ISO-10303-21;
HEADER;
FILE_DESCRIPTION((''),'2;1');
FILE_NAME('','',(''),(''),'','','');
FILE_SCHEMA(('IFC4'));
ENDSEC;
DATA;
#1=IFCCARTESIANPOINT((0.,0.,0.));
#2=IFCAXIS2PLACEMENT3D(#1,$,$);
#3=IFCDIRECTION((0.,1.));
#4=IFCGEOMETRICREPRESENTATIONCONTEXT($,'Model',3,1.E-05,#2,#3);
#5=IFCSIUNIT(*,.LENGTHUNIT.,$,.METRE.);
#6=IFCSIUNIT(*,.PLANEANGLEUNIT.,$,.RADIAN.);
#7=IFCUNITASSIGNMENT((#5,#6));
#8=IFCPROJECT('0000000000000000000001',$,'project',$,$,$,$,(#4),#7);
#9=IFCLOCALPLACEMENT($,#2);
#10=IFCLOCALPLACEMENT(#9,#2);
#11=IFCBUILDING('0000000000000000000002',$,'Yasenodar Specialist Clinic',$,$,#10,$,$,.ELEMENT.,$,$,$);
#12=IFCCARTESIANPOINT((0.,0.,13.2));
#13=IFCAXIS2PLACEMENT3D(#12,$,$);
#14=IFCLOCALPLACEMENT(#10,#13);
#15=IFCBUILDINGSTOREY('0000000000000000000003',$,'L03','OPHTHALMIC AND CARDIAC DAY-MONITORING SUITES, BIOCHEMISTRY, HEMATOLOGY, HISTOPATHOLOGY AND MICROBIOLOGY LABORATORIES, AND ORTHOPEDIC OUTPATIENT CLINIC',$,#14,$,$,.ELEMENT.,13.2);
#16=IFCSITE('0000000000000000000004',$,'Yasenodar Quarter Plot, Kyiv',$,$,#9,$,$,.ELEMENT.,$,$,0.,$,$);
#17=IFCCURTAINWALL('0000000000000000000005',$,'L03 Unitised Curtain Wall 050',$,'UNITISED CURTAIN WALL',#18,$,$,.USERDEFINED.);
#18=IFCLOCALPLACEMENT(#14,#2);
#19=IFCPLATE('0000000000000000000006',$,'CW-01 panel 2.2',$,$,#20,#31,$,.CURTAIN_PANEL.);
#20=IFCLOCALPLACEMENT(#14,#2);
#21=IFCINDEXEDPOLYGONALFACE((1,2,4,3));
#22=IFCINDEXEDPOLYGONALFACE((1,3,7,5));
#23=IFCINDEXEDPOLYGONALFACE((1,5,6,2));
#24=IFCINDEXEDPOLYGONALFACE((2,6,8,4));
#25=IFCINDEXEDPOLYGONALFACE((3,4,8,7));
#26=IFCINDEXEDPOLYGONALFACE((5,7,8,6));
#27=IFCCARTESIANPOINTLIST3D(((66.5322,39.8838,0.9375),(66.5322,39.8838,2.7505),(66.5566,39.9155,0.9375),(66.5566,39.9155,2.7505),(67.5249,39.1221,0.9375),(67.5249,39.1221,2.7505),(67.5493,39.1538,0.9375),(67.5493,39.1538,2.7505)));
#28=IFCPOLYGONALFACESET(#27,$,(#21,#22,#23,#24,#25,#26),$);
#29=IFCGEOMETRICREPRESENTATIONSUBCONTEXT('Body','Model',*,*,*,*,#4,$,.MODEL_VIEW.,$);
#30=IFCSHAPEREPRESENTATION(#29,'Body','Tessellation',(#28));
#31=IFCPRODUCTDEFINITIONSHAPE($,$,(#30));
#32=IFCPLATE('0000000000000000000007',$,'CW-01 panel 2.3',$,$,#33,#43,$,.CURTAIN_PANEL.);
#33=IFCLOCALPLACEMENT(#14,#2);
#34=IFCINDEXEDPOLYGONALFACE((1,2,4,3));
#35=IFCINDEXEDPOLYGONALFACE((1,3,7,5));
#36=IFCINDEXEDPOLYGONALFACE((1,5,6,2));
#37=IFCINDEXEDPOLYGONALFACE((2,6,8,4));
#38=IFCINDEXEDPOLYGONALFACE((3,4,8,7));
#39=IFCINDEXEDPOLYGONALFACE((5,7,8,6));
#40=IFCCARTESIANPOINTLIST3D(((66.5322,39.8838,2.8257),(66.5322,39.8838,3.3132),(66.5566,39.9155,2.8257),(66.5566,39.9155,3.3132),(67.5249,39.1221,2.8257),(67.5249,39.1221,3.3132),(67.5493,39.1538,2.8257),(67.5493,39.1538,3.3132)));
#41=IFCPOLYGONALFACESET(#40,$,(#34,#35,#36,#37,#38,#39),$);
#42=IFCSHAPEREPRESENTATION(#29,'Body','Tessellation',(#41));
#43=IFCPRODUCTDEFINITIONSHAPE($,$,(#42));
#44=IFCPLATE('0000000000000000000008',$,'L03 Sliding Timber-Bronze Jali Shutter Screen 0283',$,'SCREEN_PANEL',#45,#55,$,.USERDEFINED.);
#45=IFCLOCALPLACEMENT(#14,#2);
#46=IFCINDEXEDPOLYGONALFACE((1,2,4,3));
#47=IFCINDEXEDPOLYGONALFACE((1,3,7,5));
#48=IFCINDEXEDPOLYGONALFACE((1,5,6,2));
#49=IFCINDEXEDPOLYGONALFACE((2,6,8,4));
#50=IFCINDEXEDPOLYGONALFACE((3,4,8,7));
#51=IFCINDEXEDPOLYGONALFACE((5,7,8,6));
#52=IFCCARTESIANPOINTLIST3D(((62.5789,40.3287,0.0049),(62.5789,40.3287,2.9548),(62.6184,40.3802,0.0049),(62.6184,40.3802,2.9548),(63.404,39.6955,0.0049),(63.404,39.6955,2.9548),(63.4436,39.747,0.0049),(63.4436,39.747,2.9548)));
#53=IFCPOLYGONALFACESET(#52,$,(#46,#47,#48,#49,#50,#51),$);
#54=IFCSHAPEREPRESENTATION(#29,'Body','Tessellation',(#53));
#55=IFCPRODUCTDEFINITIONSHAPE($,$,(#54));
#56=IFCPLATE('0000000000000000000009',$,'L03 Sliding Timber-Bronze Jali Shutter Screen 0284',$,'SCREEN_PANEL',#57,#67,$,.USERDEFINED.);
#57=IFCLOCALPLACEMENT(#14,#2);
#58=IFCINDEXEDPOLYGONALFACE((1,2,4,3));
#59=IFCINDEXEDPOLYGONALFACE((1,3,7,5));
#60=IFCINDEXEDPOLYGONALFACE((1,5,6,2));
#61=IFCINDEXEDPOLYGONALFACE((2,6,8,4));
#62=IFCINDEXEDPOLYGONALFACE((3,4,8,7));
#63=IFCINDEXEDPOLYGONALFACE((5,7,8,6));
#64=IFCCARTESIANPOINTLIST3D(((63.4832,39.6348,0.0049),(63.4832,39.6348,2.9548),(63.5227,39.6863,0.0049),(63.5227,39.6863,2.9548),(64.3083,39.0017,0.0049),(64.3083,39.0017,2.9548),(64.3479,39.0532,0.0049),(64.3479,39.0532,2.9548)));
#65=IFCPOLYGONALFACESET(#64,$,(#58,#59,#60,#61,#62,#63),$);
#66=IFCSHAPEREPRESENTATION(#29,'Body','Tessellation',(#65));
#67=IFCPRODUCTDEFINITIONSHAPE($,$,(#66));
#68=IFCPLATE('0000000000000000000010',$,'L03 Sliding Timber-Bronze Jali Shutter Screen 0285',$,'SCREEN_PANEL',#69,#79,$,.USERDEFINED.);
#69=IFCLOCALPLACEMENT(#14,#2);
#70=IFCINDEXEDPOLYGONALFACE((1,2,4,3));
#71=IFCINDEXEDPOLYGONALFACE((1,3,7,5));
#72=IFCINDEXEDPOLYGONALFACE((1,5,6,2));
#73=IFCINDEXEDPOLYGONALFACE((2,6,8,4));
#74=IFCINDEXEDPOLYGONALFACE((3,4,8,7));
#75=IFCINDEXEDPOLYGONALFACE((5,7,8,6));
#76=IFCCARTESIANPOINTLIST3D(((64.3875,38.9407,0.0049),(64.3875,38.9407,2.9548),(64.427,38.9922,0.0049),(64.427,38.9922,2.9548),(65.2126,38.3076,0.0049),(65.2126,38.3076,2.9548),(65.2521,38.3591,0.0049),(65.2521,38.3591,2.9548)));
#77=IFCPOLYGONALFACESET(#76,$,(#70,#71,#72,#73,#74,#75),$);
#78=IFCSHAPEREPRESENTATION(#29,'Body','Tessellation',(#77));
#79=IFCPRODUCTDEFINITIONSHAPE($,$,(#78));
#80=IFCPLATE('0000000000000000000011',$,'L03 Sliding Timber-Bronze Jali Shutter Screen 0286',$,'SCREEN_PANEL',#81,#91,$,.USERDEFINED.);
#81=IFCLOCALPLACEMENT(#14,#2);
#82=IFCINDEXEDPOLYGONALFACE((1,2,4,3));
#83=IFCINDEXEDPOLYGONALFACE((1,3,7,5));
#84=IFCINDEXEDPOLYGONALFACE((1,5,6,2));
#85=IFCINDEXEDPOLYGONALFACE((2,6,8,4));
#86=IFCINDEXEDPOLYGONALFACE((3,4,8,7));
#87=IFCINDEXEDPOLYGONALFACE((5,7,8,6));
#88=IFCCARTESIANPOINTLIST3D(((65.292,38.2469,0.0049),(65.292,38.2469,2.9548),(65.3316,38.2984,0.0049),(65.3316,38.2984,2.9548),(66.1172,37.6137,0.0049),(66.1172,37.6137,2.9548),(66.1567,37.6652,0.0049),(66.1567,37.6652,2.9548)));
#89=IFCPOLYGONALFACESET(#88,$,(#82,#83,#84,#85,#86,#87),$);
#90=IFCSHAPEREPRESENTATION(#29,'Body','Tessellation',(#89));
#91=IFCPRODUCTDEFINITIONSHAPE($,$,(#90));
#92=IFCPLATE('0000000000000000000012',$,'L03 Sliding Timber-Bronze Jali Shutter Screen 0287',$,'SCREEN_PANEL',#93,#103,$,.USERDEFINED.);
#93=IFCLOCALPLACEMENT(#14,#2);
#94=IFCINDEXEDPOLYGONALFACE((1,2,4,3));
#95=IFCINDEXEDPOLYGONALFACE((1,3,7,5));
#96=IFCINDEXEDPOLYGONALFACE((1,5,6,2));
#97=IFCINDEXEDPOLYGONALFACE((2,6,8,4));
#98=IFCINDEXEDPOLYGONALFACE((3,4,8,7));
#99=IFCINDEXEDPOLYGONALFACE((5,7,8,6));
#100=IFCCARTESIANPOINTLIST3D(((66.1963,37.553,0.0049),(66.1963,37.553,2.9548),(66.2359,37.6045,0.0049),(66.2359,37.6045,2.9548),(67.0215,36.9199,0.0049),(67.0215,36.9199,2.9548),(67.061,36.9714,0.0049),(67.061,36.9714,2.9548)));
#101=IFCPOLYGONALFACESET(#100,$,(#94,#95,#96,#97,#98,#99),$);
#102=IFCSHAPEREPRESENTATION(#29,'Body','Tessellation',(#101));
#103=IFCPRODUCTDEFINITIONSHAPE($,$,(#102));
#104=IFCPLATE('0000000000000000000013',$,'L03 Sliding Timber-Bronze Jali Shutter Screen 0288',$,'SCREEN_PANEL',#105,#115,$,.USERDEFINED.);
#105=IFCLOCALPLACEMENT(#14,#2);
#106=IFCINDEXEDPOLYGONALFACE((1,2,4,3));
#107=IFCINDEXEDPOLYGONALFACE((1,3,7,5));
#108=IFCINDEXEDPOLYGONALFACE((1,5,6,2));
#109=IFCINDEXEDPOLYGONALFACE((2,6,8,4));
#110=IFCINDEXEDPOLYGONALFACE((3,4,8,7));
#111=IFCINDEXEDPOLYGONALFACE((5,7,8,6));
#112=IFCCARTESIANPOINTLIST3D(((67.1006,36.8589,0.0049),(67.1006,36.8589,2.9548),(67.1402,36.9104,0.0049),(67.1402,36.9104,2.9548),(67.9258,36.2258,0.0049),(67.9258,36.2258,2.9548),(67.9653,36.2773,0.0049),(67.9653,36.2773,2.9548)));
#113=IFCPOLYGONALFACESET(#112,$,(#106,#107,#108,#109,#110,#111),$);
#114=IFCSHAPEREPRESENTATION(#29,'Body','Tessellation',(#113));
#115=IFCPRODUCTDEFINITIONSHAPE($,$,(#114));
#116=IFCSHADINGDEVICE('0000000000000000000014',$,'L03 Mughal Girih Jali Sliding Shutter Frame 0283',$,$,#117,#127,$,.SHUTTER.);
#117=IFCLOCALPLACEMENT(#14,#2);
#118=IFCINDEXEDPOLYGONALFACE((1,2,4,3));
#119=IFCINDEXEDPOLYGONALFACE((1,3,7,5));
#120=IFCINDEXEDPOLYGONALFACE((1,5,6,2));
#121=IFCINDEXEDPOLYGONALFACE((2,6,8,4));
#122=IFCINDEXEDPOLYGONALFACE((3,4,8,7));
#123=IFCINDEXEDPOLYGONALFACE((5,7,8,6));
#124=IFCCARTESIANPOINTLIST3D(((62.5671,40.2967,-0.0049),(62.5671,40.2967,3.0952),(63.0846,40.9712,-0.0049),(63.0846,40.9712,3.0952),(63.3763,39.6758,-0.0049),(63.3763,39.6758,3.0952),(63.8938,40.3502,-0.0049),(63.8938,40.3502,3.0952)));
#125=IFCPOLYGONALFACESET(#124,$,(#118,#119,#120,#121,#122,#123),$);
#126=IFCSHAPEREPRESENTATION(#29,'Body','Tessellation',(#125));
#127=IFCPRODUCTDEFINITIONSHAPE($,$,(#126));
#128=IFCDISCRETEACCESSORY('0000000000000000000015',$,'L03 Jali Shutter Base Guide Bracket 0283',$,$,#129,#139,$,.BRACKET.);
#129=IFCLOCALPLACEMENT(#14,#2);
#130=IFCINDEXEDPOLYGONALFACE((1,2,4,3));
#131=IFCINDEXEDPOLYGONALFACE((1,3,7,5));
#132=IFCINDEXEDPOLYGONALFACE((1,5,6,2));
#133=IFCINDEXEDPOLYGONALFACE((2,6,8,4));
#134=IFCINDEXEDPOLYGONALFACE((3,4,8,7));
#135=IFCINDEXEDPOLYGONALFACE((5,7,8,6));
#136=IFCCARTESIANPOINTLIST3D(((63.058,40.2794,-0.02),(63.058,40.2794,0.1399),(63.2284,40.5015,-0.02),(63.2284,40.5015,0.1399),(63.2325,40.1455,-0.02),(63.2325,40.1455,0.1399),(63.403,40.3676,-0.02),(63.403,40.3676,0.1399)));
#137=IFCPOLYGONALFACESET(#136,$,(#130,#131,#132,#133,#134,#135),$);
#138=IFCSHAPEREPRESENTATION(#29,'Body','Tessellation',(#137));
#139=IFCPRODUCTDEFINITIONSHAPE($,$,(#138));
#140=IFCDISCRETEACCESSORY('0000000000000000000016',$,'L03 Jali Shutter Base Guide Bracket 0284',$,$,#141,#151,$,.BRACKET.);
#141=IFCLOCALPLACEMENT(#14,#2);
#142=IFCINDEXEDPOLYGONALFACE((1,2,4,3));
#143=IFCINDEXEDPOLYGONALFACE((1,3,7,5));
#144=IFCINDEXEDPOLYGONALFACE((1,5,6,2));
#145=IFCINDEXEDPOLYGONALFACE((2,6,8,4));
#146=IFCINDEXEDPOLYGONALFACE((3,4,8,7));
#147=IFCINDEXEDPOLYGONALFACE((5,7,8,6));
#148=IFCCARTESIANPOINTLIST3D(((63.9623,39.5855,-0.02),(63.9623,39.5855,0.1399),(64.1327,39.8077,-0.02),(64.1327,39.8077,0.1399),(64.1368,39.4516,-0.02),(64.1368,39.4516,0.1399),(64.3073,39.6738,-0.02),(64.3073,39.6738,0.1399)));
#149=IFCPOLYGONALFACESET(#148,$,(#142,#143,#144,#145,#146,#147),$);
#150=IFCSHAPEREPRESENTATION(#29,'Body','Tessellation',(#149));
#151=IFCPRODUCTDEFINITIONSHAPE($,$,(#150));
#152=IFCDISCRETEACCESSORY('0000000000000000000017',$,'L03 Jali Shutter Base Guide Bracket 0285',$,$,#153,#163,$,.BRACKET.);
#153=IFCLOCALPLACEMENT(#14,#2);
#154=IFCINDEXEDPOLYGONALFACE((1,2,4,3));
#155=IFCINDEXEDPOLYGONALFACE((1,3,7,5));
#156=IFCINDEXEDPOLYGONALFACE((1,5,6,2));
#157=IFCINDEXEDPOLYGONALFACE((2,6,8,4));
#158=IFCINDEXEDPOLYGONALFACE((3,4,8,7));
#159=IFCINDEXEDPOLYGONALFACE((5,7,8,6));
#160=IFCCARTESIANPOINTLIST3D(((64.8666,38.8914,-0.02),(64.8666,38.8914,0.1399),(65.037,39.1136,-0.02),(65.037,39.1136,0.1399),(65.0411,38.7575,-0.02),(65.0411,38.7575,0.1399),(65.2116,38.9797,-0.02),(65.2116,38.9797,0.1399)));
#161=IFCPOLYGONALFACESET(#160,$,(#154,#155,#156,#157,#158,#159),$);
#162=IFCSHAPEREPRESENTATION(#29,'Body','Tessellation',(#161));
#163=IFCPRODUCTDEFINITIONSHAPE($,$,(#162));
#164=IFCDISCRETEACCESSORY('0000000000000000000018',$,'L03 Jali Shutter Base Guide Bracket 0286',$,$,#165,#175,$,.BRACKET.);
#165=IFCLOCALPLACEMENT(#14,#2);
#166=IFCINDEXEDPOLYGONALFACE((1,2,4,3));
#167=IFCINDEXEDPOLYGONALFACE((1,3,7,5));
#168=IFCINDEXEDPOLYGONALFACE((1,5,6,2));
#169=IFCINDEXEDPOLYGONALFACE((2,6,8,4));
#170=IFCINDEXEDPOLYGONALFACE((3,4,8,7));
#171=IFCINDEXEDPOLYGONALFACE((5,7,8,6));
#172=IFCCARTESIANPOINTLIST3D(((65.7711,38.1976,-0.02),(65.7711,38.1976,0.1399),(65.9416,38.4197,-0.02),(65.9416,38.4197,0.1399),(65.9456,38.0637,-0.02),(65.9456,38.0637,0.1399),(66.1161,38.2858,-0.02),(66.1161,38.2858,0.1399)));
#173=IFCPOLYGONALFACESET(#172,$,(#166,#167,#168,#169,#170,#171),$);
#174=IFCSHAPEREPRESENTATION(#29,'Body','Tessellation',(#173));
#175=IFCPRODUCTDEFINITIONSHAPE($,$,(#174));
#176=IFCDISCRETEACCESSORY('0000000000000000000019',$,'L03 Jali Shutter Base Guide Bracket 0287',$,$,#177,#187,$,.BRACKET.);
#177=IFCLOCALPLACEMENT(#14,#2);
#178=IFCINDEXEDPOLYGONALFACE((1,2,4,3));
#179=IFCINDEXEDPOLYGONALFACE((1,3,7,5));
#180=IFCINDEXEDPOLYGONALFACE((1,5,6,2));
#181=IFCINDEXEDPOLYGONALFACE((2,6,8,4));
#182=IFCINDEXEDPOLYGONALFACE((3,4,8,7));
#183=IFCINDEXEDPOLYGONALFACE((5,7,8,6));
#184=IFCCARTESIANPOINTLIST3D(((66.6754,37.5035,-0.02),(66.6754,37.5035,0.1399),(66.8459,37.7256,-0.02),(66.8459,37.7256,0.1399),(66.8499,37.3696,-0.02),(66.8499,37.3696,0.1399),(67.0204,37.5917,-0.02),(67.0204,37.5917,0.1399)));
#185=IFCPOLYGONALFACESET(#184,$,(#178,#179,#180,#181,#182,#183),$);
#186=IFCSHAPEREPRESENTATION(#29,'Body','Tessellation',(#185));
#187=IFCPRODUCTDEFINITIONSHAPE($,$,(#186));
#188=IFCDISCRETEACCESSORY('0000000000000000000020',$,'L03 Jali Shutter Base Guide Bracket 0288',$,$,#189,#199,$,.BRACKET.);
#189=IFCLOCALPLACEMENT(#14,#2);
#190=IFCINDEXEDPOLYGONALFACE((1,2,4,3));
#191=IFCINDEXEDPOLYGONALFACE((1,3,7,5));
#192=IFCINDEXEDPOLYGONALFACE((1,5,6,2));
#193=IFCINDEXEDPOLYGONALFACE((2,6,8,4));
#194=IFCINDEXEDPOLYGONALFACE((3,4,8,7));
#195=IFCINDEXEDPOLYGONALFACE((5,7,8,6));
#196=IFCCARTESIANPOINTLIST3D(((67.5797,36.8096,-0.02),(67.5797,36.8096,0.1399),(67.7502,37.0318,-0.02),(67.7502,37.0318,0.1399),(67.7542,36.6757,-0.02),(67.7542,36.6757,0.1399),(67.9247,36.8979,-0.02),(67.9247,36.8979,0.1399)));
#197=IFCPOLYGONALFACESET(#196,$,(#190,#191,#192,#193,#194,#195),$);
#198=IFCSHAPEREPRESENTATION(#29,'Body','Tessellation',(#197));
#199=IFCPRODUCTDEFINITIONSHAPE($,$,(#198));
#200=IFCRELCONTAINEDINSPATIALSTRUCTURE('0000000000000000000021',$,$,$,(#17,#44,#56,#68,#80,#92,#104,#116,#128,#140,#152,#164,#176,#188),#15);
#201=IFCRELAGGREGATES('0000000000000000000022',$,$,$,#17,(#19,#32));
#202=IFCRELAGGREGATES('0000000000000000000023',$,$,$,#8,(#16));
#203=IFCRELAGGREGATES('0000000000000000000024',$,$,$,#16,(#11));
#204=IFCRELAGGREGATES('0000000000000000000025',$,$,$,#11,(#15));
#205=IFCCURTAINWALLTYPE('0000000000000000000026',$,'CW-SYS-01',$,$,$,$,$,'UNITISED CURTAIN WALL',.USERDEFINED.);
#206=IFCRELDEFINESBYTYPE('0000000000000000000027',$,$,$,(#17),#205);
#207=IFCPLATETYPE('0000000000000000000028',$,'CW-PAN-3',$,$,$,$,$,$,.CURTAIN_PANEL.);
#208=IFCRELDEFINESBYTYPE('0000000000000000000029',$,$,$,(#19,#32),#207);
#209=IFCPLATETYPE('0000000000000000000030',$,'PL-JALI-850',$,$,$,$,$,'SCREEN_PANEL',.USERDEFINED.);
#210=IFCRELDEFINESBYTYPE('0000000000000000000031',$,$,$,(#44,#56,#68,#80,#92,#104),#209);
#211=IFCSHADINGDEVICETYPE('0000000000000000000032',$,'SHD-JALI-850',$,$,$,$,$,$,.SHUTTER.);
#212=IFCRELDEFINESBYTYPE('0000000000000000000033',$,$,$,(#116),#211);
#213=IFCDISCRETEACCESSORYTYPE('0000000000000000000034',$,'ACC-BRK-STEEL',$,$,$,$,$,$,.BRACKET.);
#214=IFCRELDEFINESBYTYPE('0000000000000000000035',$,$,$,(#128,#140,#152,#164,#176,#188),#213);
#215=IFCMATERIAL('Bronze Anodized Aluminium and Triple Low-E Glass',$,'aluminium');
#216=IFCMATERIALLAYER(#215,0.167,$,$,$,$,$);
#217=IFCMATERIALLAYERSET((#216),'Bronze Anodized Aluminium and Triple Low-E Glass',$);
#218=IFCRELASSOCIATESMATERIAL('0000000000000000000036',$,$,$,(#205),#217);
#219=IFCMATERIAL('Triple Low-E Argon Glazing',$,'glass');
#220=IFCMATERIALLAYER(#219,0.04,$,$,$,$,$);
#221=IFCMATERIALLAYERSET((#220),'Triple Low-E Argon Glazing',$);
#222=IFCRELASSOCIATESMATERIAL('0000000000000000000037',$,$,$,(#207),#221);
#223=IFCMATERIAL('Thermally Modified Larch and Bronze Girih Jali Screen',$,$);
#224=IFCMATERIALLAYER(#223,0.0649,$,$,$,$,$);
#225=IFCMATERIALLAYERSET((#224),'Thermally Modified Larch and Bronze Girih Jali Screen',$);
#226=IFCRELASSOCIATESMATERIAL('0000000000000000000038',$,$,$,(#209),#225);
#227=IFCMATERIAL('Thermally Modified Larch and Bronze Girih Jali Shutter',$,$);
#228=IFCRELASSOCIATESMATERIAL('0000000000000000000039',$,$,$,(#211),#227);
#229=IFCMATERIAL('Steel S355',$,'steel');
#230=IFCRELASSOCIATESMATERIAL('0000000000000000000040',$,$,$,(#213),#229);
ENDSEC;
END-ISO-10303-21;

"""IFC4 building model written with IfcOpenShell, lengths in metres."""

from ifc_helpers import new_model, si_unit, direction, frame, origin, origin_2d, place, context, subcontext, project, spatial, rectangle, extrude, material, layer, layer_set, type_object, element, aggregate, save


model = new_model("IFC4")

# Units and contexts
model_context = context("Model", 3, precision=1e-05, world=origin(), true_north=direction((0.0, 1.0)))
body_context = subcontext(model_context, "Body", "Model", "MODEL_VIEW")
ifc_project = project(units=[si_unit("LENGTHUNIT", "METRE"), si_unit("PLANEANGLEUNIT", "RADIAN")], contexts=[model_context])

# Site, building, storey
site_placement = place(None, origin())
site = spatial("IfcSite", under=ifc_project, at=site_placement, Name="Yasenodar Quarter Plot, Kyiv", CompositionType="ELEMENT", RefElevation=0.0)
building_placement = place(site_placement, origin())
building = spatial("IfcBuilding", under=site, at=building_placement, Name="Yasenodar Specialist Clinic", CompositionType="ELEMENT")
storey_placement = place(building_placement, frame((0.0, 0.0, 13.2)))
storey = spatial("IfcBuildingStorey", under=building, at=storey_placement, Name="L03", Description="OPHTHALMIC AND CARDIAC DAY-MONITORING SUITES, BIOCHEMISTRY, HEMATOLOGY, HISTOPATHOLOGY AND MICROBIOLOGY LABORATORIES, AND ORTHOPEDIC OUTPATIENT CLINIC", CompositionType="ELEMENT", Elevation=13.2)

# Curtain wall, plates
ifc_material_1 = material(Name="Bronze Anodized Aluminium and Triple Low-E Glass", Category="aluminium")
ifc_layer_1 = layer(ifc_material_1, 0.167)
ifc_layer_set_1 = layer_set([ifc_layer_1], Name="Bronze Anodized Aluminium and Triple Low-E Glass")
curtain_wall_type = type_object("IfcCurtainWallType", Name="CW-SYS-01", ElementType="UNITISED CURTAIN WALL", PredefinedType="USERDEFINED", material=ifc_layer_set_1)
curtain_wall_placement = place(storey_placement, origin())
curtain_wall = element("IfcCurtainWall", 1, at=curtain_wall_placement, inside=storey, type_object=curtain_wall_type, Name="L03 Unitised Curtain Wall 050", ObjectType="UNITISED CURTAIN WALL", PredefinedType="USERDEFINED")
ifc_material_2 = material(Name="Triple Low-E Argon Glazing", Category="glass")
ifc_layer_2 = layer(ifc_material_2, 0.04)
ifc_layer_set_2 = layer_set([ifc_layer_2], Name="Triple Low-E Argon Glazing")
plate_type_1 = type_object("IfcPlateType", Name="CW-PAN-3", PredefinedType="CURTAIN_PANEL", material=ifc_layer_set_2)
plate_1_placement = place(storey_placement, frame((67.0408, 39.5188, 0.9375), z_axis=(0.0, 0.0, 1.0), x_axis=(-0.793361, 0.608752, 0.0)))
plate_1 = element("IfcPlate", 2, at=plate_1_placement, type_object=plate_type_1, Name="CW-01 panel 2.2", PredefinedType="CURTAIN_PANEL", context=body_context, shape_type="SweptSolid", body=[
    extrude(rectangle(XDim=1.2512, YDim=0.04, at=origin_2d()), origin(), (0.0, 0.0, 1.0), 1.813),
])
plate_2_placement = place(storey_placement, frame((67.0408, 39.5188, 2.8257), z_axis=(0.0, 0.0, 1.0), x_axis=(-0.793361, 0.608752, 0.0)))
plate_2 = element("IfcPlate", 3, at=plate_2_placement, type_object=plate_type_1, Name="CW-01 panel 2.3", PredefinedType="CURTAIN_PANEL", context=body_context, shape_type="SweptSolid", body=[
    extrude(rectangle(XDim=1.2512, YDim=0.04, at=origin_2d()), origin(), (0.0, 0.0, 1.0), 0.4875),
])
aggregate(curtain_wall, [plate_1, plate_2])

# Plates
ifc_material_3 = material(Name="Thermally Modified Larch and Bronze Girih Jali Screen")
ifc_layer_3 = layer(ifc_material_3, 0.0649)
ifc_layer_set_3 = layer_set([ifc_layer_3], Name="Thermally Modified Larch and Bronze Girih Jali Screen")
plate_type_2 = type_object("IfcPlateType", Name="PL-JALI-850", ElementType="SCREEN_PANEL", PredefinedType="USERDEFINED", material=ifc_layer_set_3)
for number, where, z_axis, x_axis, name in (
    (4, (63.0112, 40.0378, 0.0049), (0.0, 0.0, 1.0), (0.793351, -0.608764, 0.0), "L03 Sliding Timber-Bronze Jali Shutter Screen 0283"),
    (5, (63.9155, 39.344, 0.0049), (0.0, 0.0, 1.0), (0.793351, -0.608764, 0.0), "L03 Sliding Timber-Bronze Jali Shutter Screen 0284"),
    (6, (64.8198, 38.6499, 0.0049), (0.0, 0.0, 1.0), (0.793351, -0.608764, 0.0), "L03 Sliding Timber-Bronze Jali Shutter Screen 0285"),
    (7, (65.7244, 37.9561, 0.0049), (0.0, 0.0, 1.0), (0.793351, -0.608764, 0.0), "L03 Sliding Timber-Bronze Jali Shutter Screen 0286"),
    (8, (66.6287, 37.2622, 0.0049), (0.0, 0.0, 1.0), (0.793351, -0.608764, 0.0), "L03 Sliding Timber-Bronze Jali Shutter Screen 0287"),
    (9, (67.533, 36.5681, 0.0049), (0.0, 0.0, 1.0), (0.793351, -0.608764, 0.0), "L03 Sliding Timber-Bronze Jali Shutter Screen 0288"),
):
    element("IfcPlate", number, at=place(storey_placement, frame(where, z_axis=z_axis, x_axis=x_axis)), inside=storey, type_object=plate_type_2, Name=name, ObjectType="SCREEN_PANEL", PredefinedType="USERDEFINED", context=body_context, shape_type="SweptSolid", body=[
        extrude(rectangle(XDim=1.04, YDim=0.0649, at=origin_2d()), origin(), (0.0, 0.0, 1.0), 2.95),
    ])

# Shading device
ifc_material_4 = material(Name="Thermally Modified Larch and Bronze Girih Jali Shutter")
shading_device_type = type_object("IfcShadingDeviceType", Name="SHD-JALI-850", PredefinedType="SHUTTER", material=ifc_material_4)
shading_device_placement = place(storey_placement, frame((63.2305, 40.3235, -0.0049), z_axis=(0.0, 0.0, 1.0), x_axis=(0.793351, -0.608764, 0.0)))
element("IfcShadingDevice", 10, at=shading_device_placement, inside=storey, type_object=shading_device_type, Name="L03 Mughal Girih Jali Sliding Shutter Frame 0283", PredefinedType="SHUTTER", context=body_context, shape_type="SweptSolid", body=[
    extrude(rectangle(XDim=1.02, YDim=0.8501, at=origin_2d()), origin(), (0.0, 0.0, 1.0), 3.1001),
])

# Discrete accessories
ifc_material_5 = material(Name="Steel S355", Category="steel")
discrete_accessory_type = type_object("IfcDiscreteAccessoryType", Name="ACC-BRK-STEEL", PredefinedType="BRACKET", material=ifc_material_5)
for number, where, z_axis, x_axis, name in (
    (11, (63.2305, 40.3235, -0.02), (0.0, 0.0, 1.0), (0.793351, -0.608764, 0.0), "L03 Jali Shutter Base Guide Bracket 0283"),
    (12, (64.1348, 39.6296, -0.02), (0.0, 0.0, 1.0), (0.793351, -0.608764, 0.0), "L03 Jali Shutter Base Guide Bracket 0284"),
    (13, (65.0391, 38.9355, -0.02), (0.0, 0.0, 1.0), (0.793351, -0.608764, 0.0), "L03 Jali Shutter Base Guide Bracket 0285"),
    (14, (65.9436, 38.2417, -0.02), (0.0, 0.0, 1.0), (0.793351, -0.608764, 0.0), "L03 Jali Shutter Base Guide Bracket 0286"),
    (15, (66.8479, 37.5476, -0.02), (0.0, 0.0, 1.0), (0.793351, -0.608764, 0.0), "L03 Jali Shutter Base Guide Bracket 0287"),
    (16, (67.7522, 36.8538, -0.02), (0.0, 0.0, 1.0), (0.793351, -0.608764, 0.0), "L03 Jali Shutter Base Guide Bracket 0288"),
):
    element("IfcDiscreteAccessory", number, at=place(storey_placement, frame(where, z_axis=z_axis, x_axis=x_axis)), inside=storey, type_object=discrete_accessory_type, Name=name, PredefinedType="BRACKET", context=body_context, shape_type="SweptSolid", body=[
        extrude(rectangle(XDim=0.22, YDim=0.28, at=origin_2d()), origin(), (0.0, 0.0, 1.0), 0.1599),
    ])

save(model, "model.ifc")
